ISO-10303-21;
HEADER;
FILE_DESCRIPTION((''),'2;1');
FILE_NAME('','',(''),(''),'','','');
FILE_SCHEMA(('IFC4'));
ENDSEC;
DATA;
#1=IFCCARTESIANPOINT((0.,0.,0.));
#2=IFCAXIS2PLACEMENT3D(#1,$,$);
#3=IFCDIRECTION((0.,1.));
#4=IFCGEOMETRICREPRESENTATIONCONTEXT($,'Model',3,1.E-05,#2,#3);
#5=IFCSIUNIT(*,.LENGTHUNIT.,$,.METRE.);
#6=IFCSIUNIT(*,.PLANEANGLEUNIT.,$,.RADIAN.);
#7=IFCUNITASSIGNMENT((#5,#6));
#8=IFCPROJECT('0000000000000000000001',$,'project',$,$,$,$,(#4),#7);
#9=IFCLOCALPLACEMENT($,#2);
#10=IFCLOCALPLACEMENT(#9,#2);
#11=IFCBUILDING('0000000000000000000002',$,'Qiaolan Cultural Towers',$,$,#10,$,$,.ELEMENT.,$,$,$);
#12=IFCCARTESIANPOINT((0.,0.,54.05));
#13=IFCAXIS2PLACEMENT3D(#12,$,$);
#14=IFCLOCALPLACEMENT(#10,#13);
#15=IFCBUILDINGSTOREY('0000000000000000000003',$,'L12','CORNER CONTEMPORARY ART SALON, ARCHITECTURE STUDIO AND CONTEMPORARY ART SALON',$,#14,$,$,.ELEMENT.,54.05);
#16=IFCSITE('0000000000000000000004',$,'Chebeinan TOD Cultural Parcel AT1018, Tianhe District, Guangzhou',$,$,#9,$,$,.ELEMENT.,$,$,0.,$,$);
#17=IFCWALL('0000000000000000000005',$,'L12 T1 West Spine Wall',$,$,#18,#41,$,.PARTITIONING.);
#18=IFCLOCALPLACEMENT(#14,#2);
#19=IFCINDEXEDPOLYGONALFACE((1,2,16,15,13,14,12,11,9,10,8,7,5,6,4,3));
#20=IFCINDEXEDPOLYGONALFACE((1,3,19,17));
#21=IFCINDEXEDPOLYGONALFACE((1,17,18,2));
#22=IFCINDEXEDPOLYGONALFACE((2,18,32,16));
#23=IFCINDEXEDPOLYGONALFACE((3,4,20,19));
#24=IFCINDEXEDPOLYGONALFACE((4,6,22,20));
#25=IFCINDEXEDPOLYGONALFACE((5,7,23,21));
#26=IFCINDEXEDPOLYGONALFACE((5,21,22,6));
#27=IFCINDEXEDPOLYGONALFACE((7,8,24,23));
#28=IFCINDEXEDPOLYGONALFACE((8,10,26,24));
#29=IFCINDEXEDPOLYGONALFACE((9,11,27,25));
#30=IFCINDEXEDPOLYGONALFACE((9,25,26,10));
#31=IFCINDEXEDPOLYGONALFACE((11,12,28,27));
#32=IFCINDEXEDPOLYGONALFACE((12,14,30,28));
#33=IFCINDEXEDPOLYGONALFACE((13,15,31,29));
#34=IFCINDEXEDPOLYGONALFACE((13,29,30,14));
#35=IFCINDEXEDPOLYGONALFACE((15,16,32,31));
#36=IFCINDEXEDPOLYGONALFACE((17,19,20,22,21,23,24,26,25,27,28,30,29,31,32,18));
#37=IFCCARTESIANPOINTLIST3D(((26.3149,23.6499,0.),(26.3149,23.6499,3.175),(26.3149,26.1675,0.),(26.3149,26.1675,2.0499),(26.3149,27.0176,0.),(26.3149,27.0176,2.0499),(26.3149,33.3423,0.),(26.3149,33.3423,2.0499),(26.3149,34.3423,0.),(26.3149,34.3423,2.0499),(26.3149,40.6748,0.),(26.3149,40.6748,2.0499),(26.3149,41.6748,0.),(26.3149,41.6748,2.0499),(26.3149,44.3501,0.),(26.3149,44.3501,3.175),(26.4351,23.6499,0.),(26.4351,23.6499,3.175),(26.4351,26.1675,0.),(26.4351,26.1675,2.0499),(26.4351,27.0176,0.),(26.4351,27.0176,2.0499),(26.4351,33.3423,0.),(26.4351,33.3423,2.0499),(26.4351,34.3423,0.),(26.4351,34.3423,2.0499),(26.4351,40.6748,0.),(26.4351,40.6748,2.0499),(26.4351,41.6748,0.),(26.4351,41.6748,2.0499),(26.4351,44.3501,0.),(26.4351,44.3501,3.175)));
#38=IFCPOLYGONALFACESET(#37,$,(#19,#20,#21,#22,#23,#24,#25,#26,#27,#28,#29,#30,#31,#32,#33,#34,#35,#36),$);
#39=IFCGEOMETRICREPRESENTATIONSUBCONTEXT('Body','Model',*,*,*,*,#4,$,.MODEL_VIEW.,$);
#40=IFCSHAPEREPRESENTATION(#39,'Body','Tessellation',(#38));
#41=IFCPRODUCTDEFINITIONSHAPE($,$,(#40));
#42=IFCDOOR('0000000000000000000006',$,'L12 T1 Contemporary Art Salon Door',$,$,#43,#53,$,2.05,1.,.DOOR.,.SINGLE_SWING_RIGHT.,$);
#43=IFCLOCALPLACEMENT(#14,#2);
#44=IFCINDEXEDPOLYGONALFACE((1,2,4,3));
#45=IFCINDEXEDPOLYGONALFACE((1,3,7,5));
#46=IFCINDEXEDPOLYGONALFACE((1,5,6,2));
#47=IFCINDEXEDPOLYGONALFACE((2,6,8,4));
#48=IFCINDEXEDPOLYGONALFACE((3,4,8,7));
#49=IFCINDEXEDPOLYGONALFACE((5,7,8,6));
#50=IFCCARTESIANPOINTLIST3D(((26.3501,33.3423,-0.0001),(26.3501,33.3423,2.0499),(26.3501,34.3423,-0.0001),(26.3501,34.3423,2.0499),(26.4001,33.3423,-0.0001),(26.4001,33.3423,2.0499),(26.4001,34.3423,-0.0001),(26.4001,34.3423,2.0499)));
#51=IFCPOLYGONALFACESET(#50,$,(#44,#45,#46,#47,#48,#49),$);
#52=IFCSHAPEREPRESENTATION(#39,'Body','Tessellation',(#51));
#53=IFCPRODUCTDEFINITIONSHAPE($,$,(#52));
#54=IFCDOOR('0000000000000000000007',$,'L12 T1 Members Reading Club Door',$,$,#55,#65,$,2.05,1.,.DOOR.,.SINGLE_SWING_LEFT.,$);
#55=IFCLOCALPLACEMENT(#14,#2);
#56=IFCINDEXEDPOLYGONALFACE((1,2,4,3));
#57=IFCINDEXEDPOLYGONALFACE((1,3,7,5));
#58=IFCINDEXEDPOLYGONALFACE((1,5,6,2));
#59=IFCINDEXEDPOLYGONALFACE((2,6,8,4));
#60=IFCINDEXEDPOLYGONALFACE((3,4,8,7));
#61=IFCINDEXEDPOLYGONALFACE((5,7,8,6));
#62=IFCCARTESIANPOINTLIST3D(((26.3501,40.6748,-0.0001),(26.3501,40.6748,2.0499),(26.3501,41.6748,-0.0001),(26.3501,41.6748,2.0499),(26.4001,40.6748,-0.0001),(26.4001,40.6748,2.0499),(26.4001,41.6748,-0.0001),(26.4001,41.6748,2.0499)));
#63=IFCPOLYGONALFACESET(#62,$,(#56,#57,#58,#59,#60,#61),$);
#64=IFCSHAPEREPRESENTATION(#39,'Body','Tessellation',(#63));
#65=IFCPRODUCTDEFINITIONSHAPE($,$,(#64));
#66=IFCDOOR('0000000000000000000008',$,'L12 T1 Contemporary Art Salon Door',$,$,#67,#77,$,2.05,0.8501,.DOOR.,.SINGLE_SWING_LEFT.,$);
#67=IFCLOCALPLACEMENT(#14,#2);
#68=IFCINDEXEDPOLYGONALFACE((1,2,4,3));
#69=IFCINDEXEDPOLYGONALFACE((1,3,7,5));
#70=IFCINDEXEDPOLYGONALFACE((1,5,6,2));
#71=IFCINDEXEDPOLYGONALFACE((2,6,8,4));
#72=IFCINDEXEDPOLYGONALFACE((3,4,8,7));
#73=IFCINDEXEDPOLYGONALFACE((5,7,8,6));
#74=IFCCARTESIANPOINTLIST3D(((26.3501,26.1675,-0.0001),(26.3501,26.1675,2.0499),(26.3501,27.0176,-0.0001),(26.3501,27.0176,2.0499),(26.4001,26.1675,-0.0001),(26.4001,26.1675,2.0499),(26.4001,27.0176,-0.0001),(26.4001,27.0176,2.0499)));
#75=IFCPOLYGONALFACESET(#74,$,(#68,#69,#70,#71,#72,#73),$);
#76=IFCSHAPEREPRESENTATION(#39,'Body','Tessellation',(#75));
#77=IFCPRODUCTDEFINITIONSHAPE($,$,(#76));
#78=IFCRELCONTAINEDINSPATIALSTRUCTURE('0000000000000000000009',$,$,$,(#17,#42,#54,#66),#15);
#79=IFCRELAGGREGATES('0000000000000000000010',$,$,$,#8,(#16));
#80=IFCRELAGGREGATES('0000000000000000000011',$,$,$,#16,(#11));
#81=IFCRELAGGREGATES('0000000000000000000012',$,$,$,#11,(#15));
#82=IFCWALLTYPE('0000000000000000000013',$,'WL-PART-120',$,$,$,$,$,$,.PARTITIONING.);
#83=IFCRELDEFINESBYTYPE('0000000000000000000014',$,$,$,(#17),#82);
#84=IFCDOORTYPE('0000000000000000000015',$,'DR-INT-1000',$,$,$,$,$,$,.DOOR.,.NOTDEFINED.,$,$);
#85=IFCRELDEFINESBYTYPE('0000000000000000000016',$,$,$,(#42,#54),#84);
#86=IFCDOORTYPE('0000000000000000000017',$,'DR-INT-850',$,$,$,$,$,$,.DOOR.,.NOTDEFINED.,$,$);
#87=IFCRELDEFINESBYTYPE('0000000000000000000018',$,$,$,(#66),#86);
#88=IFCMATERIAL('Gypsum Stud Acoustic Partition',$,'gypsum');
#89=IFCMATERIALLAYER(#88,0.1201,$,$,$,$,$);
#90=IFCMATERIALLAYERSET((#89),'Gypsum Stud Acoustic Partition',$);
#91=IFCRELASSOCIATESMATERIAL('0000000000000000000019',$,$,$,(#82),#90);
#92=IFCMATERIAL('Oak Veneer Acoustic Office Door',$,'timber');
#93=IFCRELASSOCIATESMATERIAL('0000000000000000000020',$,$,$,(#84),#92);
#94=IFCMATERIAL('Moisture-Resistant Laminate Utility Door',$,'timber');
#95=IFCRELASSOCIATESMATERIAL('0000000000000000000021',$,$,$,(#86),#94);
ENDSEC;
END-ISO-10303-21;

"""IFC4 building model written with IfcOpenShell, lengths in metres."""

from ifc_helpers import new_model, si_unit, direction, frame, frame_2d, origin, place, context, subcontext, project, spatial, rectangle, extrude, material, layer, layer_set, type_object, element, fill, save


model = new_model("IFC4")

# Units and contexts
model_context = context("Model", 3, precision=1e-05, world=origin(), true_north=direction((0.0, 1.0)))
body_context = subcontext(model_context, "Body", "Model", "MODEL_VIEW")
ifc_project = project(units=[si_unit("LENGTHUNIT", "METRE"), si_unit("PLANEANGLEUNIT", "RADIAN")], contexts=[model_context])

# Site, building, storey
site_placement = place(None, origin())
site = spatial("IfcSite", under=ifc_project, at=site_placement, Name="Chebeinan TOD Cultural Parcel AT1018, Tianhe District, Guangzhou", CompositionType="ELEMENT", RefElevation=0.0)
building_placement = place(site_placement, origin())
building = spatial("IfcBuilding", under=site, at=building_placement, Name="Qiaolan Cultural Towers", CompositionType="ELEMENT")
storey_placement = place(building_placement, frame((0.0, 0.0, 54.05)))
storey = spatial("IfcBuildingStorey", under=building, at=storey_placement, Name="L12", Description="CORNER CONTEMPORARY ART SALON, ARCHITECTURE STUDIO AND CONTEMPORARY ART SALON", CompositionType="ELEMENT", Elevation=54.05)

# Shared definitions
ifc_material_1 = material(Name="Gypsum Stud Acoustic Partition", Category="gypsum")
ifc_layer_1 = layer(ifc_material_1, 0.1201)
ifc_layer_set_1 = layer_set([ifc_layer_1], Name="Gypsum Stud Acoustic Partition")
wall_type_1 = type_object("IfcWallType", Name="WL-PART-120", PredefinedType="PARTITIONING", material=ifc_layer_set_1)

# Wall, openings, doors
wall_1_placement = place(storey_placement, frame((26.375, 23.6499, 0.0), z_axis=(0.0, 0.0, 1.0), x_axis=(0.0, 1.0, 0.0)))
wall_1 = element("IfcWall", 1, at=wall_1_placement, inside=storey, type_object=wall_type_1, Name="L12 T1 West Spine Wall", PredefinedType="PARTITIONING", context=body_context, shape_type="SweptSolid", body=[
    extrude(rectangle(XDim=20.7002, YDim=0.1201, at=frame_2d((10.3501, 0.0))), origin(), (0.0, 0.0, 1.0), 3.175),
])
opening_1_placement = place(wall_1_placement, frame((2.5176, 0.0, 0.0)))
opening_1 = element("IfcOpeningElement", 2, at=opening_1_placement, cuts=wall_1, PredefinedType="OPENING", context=body_context, shape_type="SweptSolid", body=[
    extrude(rectangle(XDim=0.8501, YDim=2.05, at=frame_2d((0.425, 1.0249))), frame((0.0, 0.0701, 0.0), z_axis=(0.0, -1.0, 0.0), x_axis=(1.0, 0.0, 0.0)), (0.0, 0.0, 1.0), 0.1401),
])
opening_2_placement = place(wall_1_placement, frame((9.6924, 0.0, 0.0)))
opening_2 = element("IfcOpeningElement", 3, at=opening_2_placement, cuts=wall_1, PredefinedType="OPENING", context=body_context, shape_type="SweptSolid", body=[
    extrude(rectangle(XDim=1.0, YDim=2.05, at=frame_2d((0.5, 1.0249))), frame((0.0, 0.0701, 0.0), z_axis=(0.0, -1.0, 0.0), x_axis=(1.0, 0.0, 0.0)), (0.0, 0.0, 1.0), 0.1401),
])
opening_3_placement = place(wall_1_placement, frame((17.0249, 0.0, 0.0)))
opening_3 = element("IfcOpeningElement", 4, at=opening_3_placement, cuts=wall_1, PredefinedType="OPENING", context=body_context, shape_type="SweptSolid", body=[
    extrude(rectangle(XDim=1.0, YDim=2.05, at=frame_2d((0.5, 1.0249))), frame((0.0, 0.0701, 0.0), z_axis=(0.0, -1.0, 0.0), x_axis=(1.0, 0.0, 0.0)), (0.0, 0.0, 1.0), 0.1401),
])
ifc_material_2 = material(Name="Oak Veneer Acoustic Office Door", Category="timber")
door_type_1 = type_object("IfcDoorType", Name="DR-INT-1000", OperationType="NOTDEFINED", PredefinedType="DOOR", material=ifc_material_2)
door_1_placement = place(opening_2_placement, origin())
door_1 = element("IfcDoor", 5, at=door_1_placement, inside=storey, type_object=door_type_1, Name="L12 T1 Contemporary Art Salon Door", OperationType="SINGLE_SWING_RIGHT", OverallHeight=2.05, OverallWidth=1.0, PredefinedType="DOOR", context=body_context, shape_type="SweptSolid", body=[
    extrude(rectangle(XDim=1.0, YDim=2.05, at=frame_2d((0.5, 1.0249))), frame((0.0, 0.0249, 0.0), z_axis=(0.0, -1.0, 0.0), x_axis=(1.0, 0.0, 0.0)), (0.0, 0.0, 1.0), 0.05),
])
fill(opening_2, door_1)
door_2_placement = place(opening_3_placement, origin())
door_2 = element("IfcDoor", 6, at=door_2_placement, inside=storey, type_object=door_type_1, Name="L12 T1 Members Reading Club Door", OperationType="SINGLE_SWING_LEFT", OverallHeight=2.05, OverallWidth=1.0, PredefinedType="DOOR", context=body_context, shape_type="SweptSolid", body=[
    extrude(rectangle(XDim=1.0, YDim=2.05, at=frame_2d((0.5, 1.0249))), frame((0.0, 0.0249, 0.0), z_axis=(0.0, -1.0, 0.0), x_axis=(1.0, 0.0, 0.0)), (0.0, 0.0, 1.0), 0.05),
])
fill(opening_3, door_2)
ifc_material_3 = material(Name="Moisture-Resistant Laminate Utility Door", Category="timber")
door_type_2 = type_object("IfcDoorType", Name="DR-INT-850", OperationType="NOTDEFINED", PredefinedType="DOOR", material=ifc_material_3)
door_3_placement = place(opening_1_placement, origin())
door_3 = element("IfcDoor", 7, at=door_3_placement, inside=storey, type_object=door_type_2, Name="L12 T1 Contemporary Art Salon Door", OperationType="SINGLE_SWING_LEFT", OverallHeight=2.05, OverallWidth=0.8501, PredefinedType="DOOR", context=body_context, shape_type="SweptSolid", body=[
    extrude(rectangle(XDim=0.8501, YDim=2.05, at=frame_2d((0.425, 1.0249))), frame((0.0, 0.0249, 0.0), z_axis=(0.0, -1.0, 0.0), x_axis=(1.0, 0.0, 0.0)), (0.0, 0.0, 1.0), 0.05),
])
fill(opening_1, door_3)

save(model, "model.ifc")
